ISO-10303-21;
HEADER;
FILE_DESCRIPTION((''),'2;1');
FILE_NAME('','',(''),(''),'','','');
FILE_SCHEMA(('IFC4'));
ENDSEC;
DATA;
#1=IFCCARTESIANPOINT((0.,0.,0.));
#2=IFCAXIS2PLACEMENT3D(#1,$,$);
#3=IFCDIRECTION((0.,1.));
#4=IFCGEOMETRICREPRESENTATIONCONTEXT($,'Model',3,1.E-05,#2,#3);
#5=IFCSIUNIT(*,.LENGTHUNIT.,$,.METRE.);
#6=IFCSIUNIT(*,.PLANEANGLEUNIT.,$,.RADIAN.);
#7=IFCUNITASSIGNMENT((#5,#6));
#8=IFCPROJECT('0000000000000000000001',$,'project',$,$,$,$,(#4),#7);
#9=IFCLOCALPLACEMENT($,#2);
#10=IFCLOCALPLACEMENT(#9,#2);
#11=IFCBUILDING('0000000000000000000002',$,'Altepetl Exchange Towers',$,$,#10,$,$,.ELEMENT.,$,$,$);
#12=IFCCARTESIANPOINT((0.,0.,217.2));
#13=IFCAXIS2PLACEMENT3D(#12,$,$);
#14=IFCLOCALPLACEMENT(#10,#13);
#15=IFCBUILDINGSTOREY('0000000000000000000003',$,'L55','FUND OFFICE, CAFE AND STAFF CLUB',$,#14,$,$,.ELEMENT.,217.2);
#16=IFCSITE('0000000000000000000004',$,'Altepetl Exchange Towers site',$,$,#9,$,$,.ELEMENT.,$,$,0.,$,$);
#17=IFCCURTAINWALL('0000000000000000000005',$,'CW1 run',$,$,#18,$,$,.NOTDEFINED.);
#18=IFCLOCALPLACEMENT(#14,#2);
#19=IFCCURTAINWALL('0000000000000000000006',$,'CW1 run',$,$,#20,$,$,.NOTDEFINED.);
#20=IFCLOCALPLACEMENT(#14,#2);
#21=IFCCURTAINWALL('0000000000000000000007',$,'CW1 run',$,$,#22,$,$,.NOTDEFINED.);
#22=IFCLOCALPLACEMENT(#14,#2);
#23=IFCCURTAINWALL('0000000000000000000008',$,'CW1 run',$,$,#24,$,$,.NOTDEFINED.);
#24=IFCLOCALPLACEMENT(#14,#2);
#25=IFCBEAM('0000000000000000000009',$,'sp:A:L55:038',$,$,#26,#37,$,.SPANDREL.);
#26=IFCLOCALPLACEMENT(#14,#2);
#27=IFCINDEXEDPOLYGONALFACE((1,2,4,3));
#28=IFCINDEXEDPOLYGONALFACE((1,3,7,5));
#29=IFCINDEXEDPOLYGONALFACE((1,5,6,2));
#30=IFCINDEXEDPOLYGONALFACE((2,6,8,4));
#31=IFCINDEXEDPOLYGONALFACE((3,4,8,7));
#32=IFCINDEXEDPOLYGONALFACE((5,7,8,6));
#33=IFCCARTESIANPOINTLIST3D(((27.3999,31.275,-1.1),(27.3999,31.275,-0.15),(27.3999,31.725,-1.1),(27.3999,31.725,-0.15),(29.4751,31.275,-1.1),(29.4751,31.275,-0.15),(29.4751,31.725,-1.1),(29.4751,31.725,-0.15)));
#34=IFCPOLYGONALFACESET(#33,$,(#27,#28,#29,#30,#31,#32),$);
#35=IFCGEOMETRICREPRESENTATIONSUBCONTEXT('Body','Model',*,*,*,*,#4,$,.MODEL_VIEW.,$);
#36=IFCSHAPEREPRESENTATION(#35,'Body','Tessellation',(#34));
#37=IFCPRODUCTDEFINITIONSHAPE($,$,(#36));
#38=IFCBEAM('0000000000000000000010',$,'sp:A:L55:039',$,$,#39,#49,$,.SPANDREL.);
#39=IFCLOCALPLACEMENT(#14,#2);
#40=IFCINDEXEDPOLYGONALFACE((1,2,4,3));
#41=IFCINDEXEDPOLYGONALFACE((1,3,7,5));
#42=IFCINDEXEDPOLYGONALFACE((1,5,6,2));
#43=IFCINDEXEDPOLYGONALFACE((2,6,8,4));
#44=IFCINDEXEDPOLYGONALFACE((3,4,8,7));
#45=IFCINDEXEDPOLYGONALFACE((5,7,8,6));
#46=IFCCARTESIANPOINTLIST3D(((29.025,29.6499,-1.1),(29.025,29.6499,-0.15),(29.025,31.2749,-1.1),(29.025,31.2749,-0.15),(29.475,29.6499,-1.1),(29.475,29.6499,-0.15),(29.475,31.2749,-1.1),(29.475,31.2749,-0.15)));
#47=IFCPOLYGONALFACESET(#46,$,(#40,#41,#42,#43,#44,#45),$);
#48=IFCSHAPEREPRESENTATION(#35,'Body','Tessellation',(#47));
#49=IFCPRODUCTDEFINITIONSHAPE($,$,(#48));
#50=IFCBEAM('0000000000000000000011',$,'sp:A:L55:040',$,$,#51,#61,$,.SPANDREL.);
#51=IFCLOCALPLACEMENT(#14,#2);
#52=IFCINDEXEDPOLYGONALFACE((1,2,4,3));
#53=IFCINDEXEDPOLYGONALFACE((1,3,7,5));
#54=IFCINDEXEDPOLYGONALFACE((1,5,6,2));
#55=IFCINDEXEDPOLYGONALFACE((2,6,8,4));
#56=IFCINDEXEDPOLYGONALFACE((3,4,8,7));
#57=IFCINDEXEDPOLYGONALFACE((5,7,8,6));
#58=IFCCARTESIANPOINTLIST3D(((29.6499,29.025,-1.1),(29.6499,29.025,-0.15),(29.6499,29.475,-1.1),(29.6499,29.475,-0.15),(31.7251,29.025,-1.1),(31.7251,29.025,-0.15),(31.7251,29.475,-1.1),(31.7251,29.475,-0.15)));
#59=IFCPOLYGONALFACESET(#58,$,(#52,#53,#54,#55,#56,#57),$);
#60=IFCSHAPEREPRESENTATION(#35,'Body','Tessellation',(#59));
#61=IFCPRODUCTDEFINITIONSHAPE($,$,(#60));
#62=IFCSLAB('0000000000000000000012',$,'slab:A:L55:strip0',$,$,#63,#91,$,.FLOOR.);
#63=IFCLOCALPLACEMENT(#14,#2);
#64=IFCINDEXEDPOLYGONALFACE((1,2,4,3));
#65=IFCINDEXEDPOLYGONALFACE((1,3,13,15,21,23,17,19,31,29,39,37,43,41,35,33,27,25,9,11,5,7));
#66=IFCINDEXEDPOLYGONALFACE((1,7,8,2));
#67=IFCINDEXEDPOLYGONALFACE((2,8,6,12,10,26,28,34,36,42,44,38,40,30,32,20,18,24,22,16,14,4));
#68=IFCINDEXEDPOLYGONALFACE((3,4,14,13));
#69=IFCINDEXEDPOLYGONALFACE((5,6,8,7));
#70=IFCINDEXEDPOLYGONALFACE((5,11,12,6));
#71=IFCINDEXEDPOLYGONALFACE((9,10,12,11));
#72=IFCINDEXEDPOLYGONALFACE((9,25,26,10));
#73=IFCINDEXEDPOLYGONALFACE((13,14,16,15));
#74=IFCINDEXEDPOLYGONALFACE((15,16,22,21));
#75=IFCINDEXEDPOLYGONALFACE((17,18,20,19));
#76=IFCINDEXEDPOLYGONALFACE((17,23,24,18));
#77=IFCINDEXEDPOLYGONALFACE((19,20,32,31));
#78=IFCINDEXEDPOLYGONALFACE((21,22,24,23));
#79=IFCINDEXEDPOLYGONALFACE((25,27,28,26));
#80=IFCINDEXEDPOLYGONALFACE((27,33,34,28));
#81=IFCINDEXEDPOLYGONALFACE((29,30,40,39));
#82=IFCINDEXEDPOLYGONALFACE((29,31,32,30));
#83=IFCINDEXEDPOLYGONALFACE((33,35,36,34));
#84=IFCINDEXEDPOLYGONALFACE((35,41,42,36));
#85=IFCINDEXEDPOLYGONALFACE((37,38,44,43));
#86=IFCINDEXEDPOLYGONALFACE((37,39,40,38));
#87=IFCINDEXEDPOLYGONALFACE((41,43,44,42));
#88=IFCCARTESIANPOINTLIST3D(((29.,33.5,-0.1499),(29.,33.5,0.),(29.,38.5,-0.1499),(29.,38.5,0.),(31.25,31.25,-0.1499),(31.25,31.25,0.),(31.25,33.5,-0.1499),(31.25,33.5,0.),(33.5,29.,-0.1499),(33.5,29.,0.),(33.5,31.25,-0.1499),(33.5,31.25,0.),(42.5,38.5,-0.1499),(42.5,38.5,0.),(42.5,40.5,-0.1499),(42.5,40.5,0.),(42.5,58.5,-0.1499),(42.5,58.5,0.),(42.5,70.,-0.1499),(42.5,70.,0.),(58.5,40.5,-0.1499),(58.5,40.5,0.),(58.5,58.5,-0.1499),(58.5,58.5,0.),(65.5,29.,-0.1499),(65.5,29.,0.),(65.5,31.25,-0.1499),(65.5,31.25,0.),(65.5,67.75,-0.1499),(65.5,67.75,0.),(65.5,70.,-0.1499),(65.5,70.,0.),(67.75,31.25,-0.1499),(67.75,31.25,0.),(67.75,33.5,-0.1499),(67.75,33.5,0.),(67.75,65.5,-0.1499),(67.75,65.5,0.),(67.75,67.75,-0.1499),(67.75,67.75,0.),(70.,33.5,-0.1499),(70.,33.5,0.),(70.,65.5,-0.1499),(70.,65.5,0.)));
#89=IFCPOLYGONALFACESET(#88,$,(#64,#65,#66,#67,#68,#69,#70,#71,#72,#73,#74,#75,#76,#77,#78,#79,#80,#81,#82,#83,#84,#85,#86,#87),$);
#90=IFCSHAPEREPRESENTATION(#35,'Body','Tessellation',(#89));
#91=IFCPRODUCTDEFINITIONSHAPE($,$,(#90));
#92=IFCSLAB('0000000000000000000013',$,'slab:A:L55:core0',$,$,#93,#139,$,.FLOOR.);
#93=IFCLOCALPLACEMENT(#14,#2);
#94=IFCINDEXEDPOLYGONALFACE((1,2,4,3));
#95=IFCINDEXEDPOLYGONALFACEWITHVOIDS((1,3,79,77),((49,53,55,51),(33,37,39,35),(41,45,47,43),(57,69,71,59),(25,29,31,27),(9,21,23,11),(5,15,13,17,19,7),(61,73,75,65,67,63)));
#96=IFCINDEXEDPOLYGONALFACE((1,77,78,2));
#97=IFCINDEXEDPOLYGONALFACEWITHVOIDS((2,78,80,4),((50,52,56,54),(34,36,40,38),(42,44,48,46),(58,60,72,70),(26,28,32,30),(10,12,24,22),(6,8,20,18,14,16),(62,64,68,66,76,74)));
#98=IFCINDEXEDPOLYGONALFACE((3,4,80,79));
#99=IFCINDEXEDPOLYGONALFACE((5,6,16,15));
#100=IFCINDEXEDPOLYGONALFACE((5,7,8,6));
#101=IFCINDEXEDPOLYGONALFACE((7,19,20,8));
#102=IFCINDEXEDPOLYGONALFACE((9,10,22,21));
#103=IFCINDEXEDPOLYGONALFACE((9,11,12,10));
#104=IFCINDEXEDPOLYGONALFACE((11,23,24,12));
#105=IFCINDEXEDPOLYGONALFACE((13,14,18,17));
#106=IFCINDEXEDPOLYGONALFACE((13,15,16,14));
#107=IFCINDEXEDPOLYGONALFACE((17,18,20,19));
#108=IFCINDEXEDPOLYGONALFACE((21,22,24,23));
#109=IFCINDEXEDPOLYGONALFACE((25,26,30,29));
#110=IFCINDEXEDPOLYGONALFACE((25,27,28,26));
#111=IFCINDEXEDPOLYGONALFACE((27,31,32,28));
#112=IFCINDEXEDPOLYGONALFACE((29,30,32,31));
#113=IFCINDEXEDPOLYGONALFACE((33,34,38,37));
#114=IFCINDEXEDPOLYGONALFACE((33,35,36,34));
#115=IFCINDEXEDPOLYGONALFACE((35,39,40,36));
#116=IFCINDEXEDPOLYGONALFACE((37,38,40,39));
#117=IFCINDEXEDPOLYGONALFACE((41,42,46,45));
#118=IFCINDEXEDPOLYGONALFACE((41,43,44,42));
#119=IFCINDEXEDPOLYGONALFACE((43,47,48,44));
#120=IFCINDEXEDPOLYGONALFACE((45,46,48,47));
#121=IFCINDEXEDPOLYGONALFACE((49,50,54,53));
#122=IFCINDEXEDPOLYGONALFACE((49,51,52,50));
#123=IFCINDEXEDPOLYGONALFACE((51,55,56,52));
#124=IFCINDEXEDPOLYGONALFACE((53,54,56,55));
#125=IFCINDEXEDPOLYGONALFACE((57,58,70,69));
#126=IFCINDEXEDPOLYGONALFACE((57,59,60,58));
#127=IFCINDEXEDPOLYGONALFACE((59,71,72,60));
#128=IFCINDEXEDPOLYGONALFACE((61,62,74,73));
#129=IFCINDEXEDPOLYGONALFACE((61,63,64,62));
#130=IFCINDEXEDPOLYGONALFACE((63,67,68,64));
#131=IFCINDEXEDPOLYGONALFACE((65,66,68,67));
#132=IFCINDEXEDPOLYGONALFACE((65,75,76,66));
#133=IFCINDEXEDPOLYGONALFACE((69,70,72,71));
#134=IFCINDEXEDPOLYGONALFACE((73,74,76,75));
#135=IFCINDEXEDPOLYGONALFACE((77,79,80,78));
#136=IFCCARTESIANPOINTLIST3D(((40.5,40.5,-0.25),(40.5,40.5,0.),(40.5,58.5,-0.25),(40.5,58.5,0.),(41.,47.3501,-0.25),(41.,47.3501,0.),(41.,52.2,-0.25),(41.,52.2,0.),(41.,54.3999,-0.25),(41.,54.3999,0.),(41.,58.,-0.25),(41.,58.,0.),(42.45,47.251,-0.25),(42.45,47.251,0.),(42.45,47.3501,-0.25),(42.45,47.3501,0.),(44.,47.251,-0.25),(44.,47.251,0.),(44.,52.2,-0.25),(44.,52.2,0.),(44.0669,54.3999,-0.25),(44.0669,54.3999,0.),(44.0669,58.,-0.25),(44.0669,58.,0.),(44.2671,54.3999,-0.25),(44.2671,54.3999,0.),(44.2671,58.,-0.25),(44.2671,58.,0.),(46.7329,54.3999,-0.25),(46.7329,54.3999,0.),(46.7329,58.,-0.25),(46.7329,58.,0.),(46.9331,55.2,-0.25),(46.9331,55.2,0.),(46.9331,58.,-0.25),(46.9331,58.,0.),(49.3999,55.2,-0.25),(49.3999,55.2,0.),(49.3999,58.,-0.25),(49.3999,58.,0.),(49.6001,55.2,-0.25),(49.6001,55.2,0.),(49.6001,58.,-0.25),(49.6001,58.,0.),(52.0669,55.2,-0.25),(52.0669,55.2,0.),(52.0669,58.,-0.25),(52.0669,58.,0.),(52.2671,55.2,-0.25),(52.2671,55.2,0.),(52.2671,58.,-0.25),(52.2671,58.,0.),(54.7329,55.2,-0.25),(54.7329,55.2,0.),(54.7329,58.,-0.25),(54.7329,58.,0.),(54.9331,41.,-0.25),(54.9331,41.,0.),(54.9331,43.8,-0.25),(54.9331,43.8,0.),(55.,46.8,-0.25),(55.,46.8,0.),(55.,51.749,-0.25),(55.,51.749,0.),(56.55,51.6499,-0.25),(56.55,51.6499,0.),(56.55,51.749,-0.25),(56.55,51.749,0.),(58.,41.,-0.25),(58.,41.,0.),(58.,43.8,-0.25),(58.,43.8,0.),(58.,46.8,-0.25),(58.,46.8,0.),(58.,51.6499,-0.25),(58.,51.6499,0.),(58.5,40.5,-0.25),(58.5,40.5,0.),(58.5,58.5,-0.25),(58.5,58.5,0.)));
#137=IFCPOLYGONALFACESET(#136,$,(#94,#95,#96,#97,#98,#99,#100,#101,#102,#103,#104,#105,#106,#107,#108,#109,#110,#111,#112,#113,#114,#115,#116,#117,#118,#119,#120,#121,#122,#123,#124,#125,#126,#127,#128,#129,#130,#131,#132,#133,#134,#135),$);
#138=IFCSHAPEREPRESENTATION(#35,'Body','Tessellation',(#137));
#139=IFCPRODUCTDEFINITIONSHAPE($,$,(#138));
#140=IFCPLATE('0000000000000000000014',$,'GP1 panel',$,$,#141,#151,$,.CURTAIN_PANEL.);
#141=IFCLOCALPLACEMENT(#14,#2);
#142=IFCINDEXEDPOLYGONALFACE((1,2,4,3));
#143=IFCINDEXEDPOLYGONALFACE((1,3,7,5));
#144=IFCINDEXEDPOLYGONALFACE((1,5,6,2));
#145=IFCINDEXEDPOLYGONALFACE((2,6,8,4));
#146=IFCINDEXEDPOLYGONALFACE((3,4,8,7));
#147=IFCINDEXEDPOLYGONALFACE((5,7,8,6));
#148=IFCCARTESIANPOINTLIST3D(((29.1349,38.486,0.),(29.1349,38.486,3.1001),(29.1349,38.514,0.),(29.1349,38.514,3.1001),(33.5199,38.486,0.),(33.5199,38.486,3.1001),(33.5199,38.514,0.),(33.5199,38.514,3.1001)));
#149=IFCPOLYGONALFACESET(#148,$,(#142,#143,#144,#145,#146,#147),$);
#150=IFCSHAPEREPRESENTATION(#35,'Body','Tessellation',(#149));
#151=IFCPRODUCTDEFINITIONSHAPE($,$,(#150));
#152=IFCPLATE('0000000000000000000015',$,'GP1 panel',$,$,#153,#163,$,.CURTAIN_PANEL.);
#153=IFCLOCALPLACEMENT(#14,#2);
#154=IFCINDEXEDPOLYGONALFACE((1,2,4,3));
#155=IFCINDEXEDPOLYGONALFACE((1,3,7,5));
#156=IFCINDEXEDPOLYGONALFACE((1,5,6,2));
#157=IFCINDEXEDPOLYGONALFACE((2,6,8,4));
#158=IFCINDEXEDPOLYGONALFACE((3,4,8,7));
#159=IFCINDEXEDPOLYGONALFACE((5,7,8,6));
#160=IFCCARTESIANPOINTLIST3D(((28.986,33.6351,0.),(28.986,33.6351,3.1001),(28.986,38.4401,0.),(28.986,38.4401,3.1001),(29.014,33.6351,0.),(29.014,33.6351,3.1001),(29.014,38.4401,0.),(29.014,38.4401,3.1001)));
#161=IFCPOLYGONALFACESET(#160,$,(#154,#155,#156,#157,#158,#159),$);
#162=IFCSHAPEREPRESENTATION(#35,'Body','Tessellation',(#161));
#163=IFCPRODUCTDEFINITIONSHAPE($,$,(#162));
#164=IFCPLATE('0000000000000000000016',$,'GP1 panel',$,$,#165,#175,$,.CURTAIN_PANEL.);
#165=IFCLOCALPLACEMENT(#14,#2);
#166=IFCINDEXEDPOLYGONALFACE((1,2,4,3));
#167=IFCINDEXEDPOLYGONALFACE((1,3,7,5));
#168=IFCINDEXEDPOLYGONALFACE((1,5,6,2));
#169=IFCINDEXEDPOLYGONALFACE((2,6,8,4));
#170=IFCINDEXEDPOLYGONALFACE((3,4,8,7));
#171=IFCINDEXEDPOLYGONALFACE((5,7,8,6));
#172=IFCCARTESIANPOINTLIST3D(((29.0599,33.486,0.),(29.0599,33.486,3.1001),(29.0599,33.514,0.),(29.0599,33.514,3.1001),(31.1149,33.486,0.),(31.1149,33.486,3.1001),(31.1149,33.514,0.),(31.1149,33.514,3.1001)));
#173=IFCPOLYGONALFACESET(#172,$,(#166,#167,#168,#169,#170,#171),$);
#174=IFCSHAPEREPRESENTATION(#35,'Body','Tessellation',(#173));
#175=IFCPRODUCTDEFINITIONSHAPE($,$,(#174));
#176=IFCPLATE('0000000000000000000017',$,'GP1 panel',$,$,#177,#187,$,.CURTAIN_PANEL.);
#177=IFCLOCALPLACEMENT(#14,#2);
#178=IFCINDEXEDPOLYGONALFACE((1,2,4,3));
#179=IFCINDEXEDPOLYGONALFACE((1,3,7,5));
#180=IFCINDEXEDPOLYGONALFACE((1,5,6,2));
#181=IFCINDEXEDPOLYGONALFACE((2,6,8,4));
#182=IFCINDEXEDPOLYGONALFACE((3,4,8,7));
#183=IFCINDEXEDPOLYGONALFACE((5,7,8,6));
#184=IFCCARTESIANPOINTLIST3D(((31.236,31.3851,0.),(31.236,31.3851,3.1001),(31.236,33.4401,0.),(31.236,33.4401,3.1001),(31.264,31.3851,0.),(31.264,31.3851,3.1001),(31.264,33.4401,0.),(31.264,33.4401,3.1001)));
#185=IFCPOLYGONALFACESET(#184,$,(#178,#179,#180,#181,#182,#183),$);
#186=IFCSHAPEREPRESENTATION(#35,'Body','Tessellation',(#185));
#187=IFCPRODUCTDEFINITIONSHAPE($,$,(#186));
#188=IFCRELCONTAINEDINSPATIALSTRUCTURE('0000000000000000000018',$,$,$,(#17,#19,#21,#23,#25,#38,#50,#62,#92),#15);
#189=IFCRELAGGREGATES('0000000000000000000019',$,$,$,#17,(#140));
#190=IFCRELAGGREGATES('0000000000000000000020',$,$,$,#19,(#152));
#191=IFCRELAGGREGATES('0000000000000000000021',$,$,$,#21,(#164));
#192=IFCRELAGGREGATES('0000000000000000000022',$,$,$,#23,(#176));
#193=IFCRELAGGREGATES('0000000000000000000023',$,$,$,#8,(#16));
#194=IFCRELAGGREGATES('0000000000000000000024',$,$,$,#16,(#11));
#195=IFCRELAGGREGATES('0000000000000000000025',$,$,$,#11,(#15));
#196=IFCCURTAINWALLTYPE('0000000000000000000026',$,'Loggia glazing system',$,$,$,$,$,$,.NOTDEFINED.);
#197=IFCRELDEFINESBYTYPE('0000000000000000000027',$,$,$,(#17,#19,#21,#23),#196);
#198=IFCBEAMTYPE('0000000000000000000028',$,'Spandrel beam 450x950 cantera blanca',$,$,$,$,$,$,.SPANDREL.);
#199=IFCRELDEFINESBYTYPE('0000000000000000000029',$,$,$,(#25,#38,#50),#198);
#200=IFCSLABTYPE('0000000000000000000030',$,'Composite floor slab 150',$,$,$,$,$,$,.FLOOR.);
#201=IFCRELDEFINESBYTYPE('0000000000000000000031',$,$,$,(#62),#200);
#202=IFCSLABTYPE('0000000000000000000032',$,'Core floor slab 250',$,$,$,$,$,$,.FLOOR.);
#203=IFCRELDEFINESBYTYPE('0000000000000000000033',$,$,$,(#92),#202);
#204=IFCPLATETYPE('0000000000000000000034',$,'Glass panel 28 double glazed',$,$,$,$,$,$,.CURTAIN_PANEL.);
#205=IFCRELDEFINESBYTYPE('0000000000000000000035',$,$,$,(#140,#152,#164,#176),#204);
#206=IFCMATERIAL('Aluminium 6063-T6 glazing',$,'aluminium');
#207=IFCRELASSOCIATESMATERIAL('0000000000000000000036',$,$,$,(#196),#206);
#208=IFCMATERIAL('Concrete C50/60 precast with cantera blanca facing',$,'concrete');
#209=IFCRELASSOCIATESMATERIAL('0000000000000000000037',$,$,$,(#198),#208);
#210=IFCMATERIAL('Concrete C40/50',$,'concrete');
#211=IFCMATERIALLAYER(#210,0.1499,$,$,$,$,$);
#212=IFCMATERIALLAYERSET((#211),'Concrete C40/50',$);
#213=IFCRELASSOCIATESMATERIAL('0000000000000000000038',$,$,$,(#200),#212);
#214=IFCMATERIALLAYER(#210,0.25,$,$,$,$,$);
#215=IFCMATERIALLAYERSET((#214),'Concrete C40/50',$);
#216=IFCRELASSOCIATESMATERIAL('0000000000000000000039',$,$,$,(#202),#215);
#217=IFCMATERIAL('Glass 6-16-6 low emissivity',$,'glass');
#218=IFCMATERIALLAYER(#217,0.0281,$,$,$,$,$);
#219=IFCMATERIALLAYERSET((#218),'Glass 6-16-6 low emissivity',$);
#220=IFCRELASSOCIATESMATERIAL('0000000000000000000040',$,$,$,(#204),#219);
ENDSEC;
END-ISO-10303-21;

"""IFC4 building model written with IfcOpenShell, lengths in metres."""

from ifc_helpers import new_model, si_unit, direction, frame, origin, origin_2d, place, context, subcontext, project, spatial, polyline, rectangle, outline, extrude, material, layer, layer_set, material_profile, profile_set, type_object, element, aggregate, save


model = new_model("IFC4")

# Units and contexts
model_context = context("Model", 3, precision=1e-05, world=origin(), true_north=direction((0.0, 1.0)))
body_context = subcontext(model_context, "Body", "Model", "MODEL_VIEW")
ifc_project = project(units=[si_unit("LENGTHUNIT", "METRE"), si_unit("PLANEANGLEUNIT", "RADIAN")], contexts=[model_context])

# Site, building, storey
site_placement = place(None, origin())
site = spatial("IfcSite", under=ifc_project, at=site_placement, Name="Altepetl Exchange Towers site", CompositionType="ELEMENT", RefElevation=0.0)
building_placement = place(site_placement, origin())
building = spatial("IfcBuilding", under=site, at=building_placement, Name="Altepetl Exchange Towers", CompositionType="ELEMENT")
storey_placement = place(building_placement, frame((0.0, 0.0, 217.2)))
storey = spatial("IfcBuildingStorey", under=building, at=storey_placement, Name="L55", Description="FUND OFFICE, CAFE AND STAFF CLUB", CompositionType="ELEMENT", Elevation=217.2)

# Curtain wall
ifc_material_1 = material(Name="Aluminium 6063-T6 glazing", Category="aluminium")
curtain_wall_type = type_object("IfcCurtainWallType", Name="Loggia glazing system", PredefinedType="NOTDEFINED", material=ifc_material_1)
curtain_wall_1_placement = place(storey_placement, origin())
curtain_wall_1 = element("IfcCurtainWall", 1, at=curtain_wall_1_placement, inside=storey, type_object=curtain_wall_type, Name="CW1 run", PredefinedType="NOTDEFINED")

# Curtain walls
curtain_wall_2_placement = place(storey_placement, origin())
curtain_wall_2 = element("IfcCurtainWall", 2, at=curtain_wall_2_placement, inside=storey, type_object=curtain_wall_type, Name="CW1 run", PredefinedType="NOTDEFINED")
curtain_wall_3_placement = place(storey_placement, origin())
curtain_wall_3 = element("IfcCurtainWall", 3, at=curtain_wall_3_placement, inside=storey, type_object=curtain_wall_type, Name="CW1 run", PredefinedType="NOTDEFINED")
curtain_wall_4_placement = place(storey_placement, origin())
curtain_wall_4 = element("IfcCurtainWall", 4, at=curtain_wall_4_placement, inside=storey, type_object=curtain_wall_type, Name="CW1 run", PredefinedType="NOTDEFINED")

# Beams
ifc_material_2 = material(Name="Concrete C50/60 precast with cantera blanca facing", Category="concrete")
ifc_material_profile_1 = material_profile(ifc_material_2, rectangle(XDim=0.45, YDim=0.95, at=origin_2d()), Name="450 x 950")
ifc_profile_set_1 = profile_set([ifc_material_profile_1], Name="Concrete C50/60 precast with cantera blanca facing")
beam_type = type_object("IfcBeamType", Name="Spandrel beam 450x950 cantera blanca", PredefinedType="SPANDREL", material=ifc_profile_set_1)
beam_1_placement = place(storey_placement, frame((27.3999, 31.5, -0.625), z_axis=(1.0, 0.0, 0.0), x_axis=(0.0, 1.0, 0.0)))
element("IfcBeam", 5, at=beam_1_placement, inside=storey, type_object=beam_type, Name="sp:A:L55:038", PredefinedType="SPANDREL", context=body_context, shape_type="SweptSolid", body=[
    extrude(rectangle(XDim=0.45, YDim=0.95, at=origin_2d()), origin(), (0.0, 0.0, 1.0), 2.0752),
])
beam_2_placement = place(storey_placement, frame((29.25, 31.2749, -0.625), z_axis=(0.0, -1.0, 0.0), x_axis=(1.0, 0.0, 0.0)))
element("IfcBeam", 6, at=beam_2_placement, inside=storey, type_object=beam_type, Name="sp:A:L55:039", PredefinedType="SPANDREL", context=body_context, shape_type="SweptSolid", body=[
    extrude(rectangle(XDim=0.45, YDim=0.95, at=origin_2d()), origin(), (0.0, 0.0, 1.0), 1.625),
])
beam_3_placement = place(storey_placement, frame((29.6499, 29.25, -0.625), z_axis=(1.0, 0.0, 0.0), x_axis=(0.0, 1.0, 0.0)))
element("IfcBeam", 7, at=beam_3_placement, inside=storey, type_object=beam_type, Name="sp:A:L55:040", PredefinedType="SPANDREL", context=body_context, shape_type="SweptSolid", body=[
    extrude(rectangle(XDim=0.45, YDim=0.95, at=origin_2d()), origin(), (0.0, 0.0, 1.0), 2.0752),
])

# Slabs
ifc_material_3 = material(Name="Concrete C40/50", Category="concrete")
ifc_layer_1 = layer(ifc_material_3, 0.1499)
ifc_layer_set_1 = layer_set([ifc_layer_1], Name="Concrete C40/50")
slab_type_1 = type_object("IfcSlabType", Name="Composite floor slab 150", PredefinedType="FLOOR", material=ifc_layer_set_1)
slab_1_placement = place(storey_placement, frame((0.0, 0.0, -0.1499)))
element("IfcSlab", 8, at=slab_1_placement, inside=storey, type_object=slab_type_1, Name="slab:A:L55:strip0", PredefinedType="FLOOR", context=body_context, shape_type="SweptSolid", body=[
    extrude(outline(polyline([(42.5, 70.0), (42.5, 58.5), (58.5, 58.5), (58.5, 40.5), (42.5, 40.5), (42.5, 38.5), (29.0, 38.5), (29.0, 33.5), (31.25, 33.5), (31.25, 31.25), (33.5, 31.25), (33.5, 29.0), (65.5, 29.0), (65.5, 31.25), (67.75, 31.25), (67.75, 33.5), (70.0, 33.5), (70.0, 65.5), (67.75, 65.5), (67.75, 67.75), (65.5, 67.75), (65.5, 70.0), (42.5, 70.0)])), origin(), (0.0, 0.0, 1.0), 0.1499),
])
ifc_layer_2 = layer(ifc_material_3, 0.25)
ifc_layer_set_2 = layer_set([ifc_layer_2], Name="Concrete C40/50")
slab_type_2 = type_object("IfcSlabType", Name="Core floor slab 250", PredefinedType="FLOOR", material=ifc_layer_set_2)
slab_2_placement = place(storey_placement, frame((0.0, 0.0, -0.25)))
element("IfcSlab", 9, at=slab_2_placement, inside=storey, type_object=slab_type_2, Name="slab:A:L55:core0", PredefinedType="FLOOR", context=body_context, shape_type="SweptSolid", body=[
    extrude(outline(polyline([(40.5, 40.5), (58.5, 40.5), (58.5, 58.5), (40.5, 58.5), (40.5, 40.5)]), holes=[polyline([(54.9331, 43.8), (58.0, 43.8), (58.0, 41.0), (54.9331, 41.0), (54.9331, 43.8)]), polyline([(55.0, 51.749), (56.55, 51.749), (56.55, 51.6499), (58.0, 51.6499), (58.0, 46.8), (55.0, 46.8), (55.0, 51.749)]), polyline([(44.0, 47.251), (42.45, 47.251), (42.45, 47.3501), (41.0, 47.3501), (41.0, 52.2), (44.0, 52.2), (44.0, 47.251)]), polyline([(41.0, 58.0), (44.0669, 58.0), (44.0669, 54.3999), (41.0, 54.3999), (41.0, 58.0)]), polyline([(44.2671, 58.0), (46.7329, 58.0), (46.7329, 54.3999), (44.2671, 54.3999), (44.2671, 58.0)]), polyline([(46.9331, 58.0), (49.3999, 58.0), (49.3999, 55.2), (46.9331, 55.2), (46.9331, 58.0)]), polyline([(49.6001, 58.0), (52.0669, 58.0), (52.0669, 55.2), (49.6001, 55.2), (49.6001, 58.0)]), polyline([(52.2671, 58.0), (54.7329, 58.0), (54.7329, 55.2), (52.2671, 55.2), (52.2671, 58.0)])]), origin(), (0.0, 0.0, 1.0), 0.25),
])

# Plates
ifc_material_4 = material(Name="Glass 6-16-6 low emissivity", Category="glass")
ifc_layer_3 = layer(ifc_material_4, 0.0281)
ifc_layer_set_3 = layer_set([ifc_layer_3], Name="Glass 6-16-6 low emissivity")
plate_type = type_object("IfcPlateType", Name="Glass panel 28 double glazed", PredefinedType="CURTAIN_PANEL", material=ifc_layer_set_3)
plate_1_placement = place(storey_placement, frame((31.3274, 38.5, 0.0), z_axis=(0.0, 0.0, 1.0), x_axis=(-1.0, 0.0, 0.0)))
plate_1 = element("IfcPlate", 10, at=plate_1_placement, type_object=plate_type, Name="GP1 panel", PredefinedType="CURTAIN_PANEL", context=body_context, shape_type="SweptSolid", body=[
    extrude(rectangle(XDim=4.385, YDim=0.0281, at=origin_2d()), origin(), (0.0, 0.0, 1.0), 3.1001),
])
aggregate(curtain_wall_1, [plate_1])
plate_2_placement = place(storey_placement, frame((29.0, 36.0376, 0.0), z_axis=(0.0, 0.0, 1.0), x_axis=(0.0, -1.0, 0.0)))
plate_2 = element("IfcPlate", 11, at=plate_2_placement, type_object=plate_type, Name="GP1 panel", PredefinedType="CURTAIN_PANEL", context=body_context, shape_type="SweptSolid", body=[
    extrude(rectangle(XDim=4.8049, YDim=0.0281, at=origin_2d()), origin(), (0.0, 0.0, 1.0), 3.1001),
])
aggregate(curtain_wall_2, [plate_2])
plate_3_placement = place(storey_placement, frame((30.0874, 33.5, 0.0)))
plate_3 = element("IfcPlate", 12, at=plate_3_placement, type_object=plate_type, Name="GP1 panel", PredefinedType="CURTAIN_PANEL", context=body_context, shape_type="SweptSolid", body=[
    extrude(rectangle(XDim=2.0549, YDim=0.0281, at=origin_2d()), origin(), (0.0, 0.0, 1.0), 3.1001),
])
aggregate(curtain_wall_3, [plate_3])
plate_4_placement = place(storey_placement, frame((31.25, 32.4126, 0.0), z_axis=(0.0, 0.0, 1.0), x_axis=(0.0, -1.0, 0.0)))
plate_4 = element("IfcPlate", 13, at=plate_4_placement, type_object=plate_type, Name="GP1 panel", PredefinedType="CURTAIN_PANEL", context=body_context, shape_type="SweptSolid", body=[
    extrude(rectangle(XDim=2.0549, YDim=0.0281, at=origin_2d()), origin(), (0.0, 0.0, 1.0), 3.1001),
])
aggregate(curtain_wall_4, [plate_4])

save(model, "model.ifc")
